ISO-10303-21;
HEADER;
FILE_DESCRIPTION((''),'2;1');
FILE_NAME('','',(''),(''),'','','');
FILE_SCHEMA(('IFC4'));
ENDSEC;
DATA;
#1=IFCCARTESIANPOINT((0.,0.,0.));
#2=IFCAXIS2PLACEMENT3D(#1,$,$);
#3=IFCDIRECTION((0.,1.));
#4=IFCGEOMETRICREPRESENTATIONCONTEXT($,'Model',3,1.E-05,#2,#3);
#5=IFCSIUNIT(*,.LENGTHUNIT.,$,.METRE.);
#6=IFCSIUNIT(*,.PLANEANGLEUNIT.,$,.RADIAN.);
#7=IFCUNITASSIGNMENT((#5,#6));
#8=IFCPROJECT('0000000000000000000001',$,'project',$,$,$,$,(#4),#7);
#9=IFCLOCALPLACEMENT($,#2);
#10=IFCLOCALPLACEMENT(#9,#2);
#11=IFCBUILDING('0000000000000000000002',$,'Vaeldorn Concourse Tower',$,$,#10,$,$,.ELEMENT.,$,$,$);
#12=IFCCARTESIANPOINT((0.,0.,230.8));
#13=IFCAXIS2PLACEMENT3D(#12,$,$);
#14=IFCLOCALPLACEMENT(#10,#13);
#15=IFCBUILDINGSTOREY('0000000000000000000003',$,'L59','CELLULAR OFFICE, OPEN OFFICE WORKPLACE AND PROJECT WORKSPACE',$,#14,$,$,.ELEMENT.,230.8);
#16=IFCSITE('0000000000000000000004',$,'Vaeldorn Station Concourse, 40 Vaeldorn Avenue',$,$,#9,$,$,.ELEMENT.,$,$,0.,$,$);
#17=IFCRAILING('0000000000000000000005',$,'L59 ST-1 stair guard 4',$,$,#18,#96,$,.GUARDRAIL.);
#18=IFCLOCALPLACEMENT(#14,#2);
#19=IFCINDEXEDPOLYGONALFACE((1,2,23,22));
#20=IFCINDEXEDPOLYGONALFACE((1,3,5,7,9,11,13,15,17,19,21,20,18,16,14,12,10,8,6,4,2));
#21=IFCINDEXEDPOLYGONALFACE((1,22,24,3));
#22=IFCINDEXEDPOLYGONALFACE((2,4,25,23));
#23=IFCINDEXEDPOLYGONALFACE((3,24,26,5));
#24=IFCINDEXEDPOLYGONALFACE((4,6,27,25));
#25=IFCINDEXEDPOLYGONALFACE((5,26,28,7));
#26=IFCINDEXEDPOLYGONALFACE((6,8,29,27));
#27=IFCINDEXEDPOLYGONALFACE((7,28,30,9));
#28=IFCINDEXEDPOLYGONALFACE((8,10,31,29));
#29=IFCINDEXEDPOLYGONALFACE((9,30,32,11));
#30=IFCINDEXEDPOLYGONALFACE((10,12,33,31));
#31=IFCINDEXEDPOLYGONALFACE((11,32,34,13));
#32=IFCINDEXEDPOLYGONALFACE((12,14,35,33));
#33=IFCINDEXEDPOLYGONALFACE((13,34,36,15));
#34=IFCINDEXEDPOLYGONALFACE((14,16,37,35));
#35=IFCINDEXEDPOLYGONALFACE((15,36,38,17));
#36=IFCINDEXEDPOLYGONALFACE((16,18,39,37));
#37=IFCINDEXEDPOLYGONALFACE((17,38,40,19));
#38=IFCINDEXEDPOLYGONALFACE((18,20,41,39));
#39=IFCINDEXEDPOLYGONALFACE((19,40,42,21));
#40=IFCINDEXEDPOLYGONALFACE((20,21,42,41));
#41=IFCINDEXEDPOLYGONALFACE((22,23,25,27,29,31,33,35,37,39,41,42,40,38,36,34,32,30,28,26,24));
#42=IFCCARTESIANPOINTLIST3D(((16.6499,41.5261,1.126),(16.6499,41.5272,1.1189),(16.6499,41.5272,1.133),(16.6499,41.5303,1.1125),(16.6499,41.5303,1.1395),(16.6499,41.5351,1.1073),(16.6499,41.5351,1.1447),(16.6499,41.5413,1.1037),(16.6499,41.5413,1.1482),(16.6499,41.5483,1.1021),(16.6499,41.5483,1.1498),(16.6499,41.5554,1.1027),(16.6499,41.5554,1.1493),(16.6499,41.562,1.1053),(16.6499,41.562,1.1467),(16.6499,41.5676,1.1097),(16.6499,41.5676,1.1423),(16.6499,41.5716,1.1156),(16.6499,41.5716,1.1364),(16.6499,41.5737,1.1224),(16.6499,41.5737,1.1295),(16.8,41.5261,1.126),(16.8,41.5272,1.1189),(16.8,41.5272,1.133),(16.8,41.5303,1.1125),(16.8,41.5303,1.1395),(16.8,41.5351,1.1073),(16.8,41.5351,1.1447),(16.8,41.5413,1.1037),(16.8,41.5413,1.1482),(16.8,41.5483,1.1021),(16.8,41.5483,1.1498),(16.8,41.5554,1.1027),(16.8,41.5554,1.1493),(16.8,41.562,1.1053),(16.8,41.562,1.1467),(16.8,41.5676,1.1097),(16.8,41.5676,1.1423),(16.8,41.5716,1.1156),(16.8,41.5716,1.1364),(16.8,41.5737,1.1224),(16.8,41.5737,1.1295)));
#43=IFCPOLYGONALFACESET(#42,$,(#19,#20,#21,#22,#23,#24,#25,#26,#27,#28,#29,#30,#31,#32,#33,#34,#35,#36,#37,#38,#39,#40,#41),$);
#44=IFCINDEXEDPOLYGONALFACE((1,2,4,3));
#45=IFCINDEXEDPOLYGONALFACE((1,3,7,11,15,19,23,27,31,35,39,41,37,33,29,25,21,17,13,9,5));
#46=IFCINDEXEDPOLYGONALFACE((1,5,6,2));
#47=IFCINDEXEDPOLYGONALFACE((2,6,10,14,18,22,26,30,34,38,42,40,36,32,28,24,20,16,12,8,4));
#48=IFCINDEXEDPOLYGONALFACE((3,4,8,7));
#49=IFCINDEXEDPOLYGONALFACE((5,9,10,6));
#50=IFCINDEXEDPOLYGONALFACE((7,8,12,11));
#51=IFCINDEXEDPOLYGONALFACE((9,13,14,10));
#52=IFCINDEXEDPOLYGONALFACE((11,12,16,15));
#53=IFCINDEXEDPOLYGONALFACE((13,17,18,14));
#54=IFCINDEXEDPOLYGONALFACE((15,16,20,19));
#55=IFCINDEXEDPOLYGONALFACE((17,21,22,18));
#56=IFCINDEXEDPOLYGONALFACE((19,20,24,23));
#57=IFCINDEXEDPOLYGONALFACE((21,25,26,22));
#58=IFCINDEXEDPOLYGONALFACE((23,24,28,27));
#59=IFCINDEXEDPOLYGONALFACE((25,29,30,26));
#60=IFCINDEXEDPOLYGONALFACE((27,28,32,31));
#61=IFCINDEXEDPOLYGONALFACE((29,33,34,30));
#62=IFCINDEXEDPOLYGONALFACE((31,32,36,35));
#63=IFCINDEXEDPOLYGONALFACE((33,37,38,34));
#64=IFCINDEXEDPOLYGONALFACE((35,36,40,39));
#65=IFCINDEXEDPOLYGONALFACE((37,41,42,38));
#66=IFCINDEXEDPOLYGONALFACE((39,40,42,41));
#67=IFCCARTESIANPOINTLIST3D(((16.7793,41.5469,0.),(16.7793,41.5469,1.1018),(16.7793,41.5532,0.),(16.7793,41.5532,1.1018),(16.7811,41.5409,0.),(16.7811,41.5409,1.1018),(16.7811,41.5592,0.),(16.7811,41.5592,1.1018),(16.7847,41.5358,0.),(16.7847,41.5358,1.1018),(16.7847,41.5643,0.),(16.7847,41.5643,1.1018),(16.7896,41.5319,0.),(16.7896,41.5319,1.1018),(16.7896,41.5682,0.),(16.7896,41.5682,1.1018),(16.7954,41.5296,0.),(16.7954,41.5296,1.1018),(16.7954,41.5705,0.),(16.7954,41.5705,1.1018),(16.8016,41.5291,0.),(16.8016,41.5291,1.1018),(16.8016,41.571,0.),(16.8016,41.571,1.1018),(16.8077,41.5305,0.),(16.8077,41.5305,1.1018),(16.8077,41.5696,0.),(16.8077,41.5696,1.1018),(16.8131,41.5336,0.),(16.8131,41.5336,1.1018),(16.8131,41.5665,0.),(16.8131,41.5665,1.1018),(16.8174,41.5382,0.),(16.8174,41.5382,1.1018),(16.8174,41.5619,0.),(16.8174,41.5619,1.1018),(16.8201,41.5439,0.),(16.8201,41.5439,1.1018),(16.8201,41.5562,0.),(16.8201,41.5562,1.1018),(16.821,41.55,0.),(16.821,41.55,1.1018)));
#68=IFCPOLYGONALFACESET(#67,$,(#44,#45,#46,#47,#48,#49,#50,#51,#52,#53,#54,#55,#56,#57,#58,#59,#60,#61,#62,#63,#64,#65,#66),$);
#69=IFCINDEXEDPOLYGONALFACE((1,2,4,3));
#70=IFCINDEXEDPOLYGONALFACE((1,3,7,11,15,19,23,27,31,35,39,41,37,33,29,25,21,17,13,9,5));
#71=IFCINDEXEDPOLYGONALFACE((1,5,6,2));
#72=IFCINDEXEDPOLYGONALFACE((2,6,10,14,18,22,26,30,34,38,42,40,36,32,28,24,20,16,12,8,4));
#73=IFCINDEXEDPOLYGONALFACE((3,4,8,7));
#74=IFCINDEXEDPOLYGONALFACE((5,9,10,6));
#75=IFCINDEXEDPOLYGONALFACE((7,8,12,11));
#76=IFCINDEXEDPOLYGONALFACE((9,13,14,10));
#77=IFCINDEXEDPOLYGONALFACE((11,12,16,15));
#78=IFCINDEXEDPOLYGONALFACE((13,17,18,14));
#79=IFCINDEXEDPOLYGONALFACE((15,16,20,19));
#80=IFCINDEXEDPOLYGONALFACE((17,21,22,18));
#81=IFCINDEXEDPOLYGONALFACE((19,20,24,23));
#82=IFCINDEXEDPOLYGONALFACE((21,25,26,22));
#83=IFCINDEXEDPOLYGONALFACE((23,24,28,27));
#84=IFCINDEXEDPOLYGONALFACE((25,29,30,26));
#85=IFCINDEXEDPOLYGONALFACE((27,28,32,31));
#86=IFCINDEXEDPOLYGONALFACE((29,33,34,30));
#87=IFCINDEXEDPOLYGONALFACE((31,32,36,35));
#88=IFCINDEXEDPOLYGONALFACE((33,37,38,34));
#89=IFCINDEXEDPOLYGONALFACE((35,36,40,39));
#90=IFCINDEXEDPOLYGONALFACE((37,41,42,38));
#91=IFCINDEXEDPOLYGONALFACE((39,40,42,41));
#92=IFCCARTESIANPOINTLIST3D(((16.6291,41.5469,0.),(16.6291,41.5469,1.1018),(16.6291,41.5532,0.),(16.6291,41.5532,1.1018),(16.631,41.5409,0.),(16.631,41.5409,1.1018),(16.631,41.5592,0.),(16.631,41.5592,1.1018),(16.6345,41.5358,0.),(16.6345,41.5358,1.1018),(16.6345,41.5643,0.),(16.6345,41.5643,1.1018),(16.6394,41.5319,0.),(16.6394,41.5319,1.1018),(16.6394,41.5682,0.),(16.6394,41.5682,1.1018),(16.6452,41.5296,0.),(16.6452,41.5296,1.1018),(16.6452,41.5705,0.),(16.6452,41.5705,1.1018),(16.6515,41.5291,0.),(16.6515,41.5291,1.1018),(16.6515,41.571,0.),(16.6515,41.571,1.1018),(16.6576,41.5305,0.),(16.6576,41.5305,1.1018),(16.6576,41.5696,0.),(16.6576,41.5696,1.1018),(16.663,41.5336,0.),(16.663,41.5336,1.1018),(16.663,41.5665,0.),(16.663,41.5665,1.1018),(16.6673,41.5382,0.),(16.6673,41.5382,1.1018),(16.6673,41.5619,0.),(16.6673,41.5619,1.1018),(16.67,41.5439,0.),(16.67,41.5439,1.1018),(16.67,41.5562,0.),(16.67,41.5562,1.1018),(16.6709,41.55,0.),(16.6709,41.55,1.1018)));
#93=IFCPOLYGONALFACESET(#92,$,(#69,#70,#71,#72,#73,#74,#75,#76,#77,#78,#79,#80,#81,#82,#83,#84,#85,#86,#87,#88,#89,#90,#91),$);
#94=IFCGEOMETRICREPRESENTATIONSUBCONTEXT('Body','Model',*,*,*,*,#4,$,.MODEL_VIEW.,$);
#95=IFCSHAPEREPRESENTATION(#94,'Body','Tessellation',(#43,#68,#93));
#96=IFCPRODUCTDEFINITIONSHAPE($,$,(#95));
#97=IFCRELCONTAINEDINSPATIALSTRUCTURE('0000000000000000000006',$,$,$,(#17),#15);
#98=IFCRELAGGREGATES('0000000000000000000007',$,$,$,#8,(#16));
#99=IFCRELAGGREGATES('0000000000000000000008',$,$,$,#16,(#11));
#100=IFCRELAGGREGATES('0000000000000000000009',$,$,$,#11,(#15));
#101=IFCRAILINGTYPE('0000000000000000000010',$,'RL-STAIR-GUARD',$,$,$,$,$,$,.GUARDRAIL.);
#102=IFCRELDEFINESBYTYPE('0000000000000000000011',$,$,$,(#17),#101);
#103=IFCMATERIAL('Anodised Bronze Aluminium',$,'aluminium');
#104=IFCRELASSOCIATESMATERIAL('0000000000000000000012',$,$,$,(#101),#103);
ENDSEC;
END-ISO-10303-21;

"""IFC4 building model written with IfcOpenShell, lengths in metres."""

from ifc_helpers import new_model, si_unit, direction, frame, origin, origin_2d, place, context, subcontext, project, spatial, circle, extrude, material, type_object, element, save


model = new_model("IFC4")

# Units and contexts
model_context = context("Model", 3, precision=1e-05, world=origin(), true_north=direction((0.0, 1.0)))
body_context = subcontext(model_context, "Body", "Model", "MODEL_VIEW")
ifc_project = project(units=[si_unit("LENGTHUNIT", "METRE"), si_unit("PLANEANGLEUNIT", "RADIAN")], contexts=[model_context])

# Site, building, storey
site_placement = place(None, origin())
site = spatial("IfcSite", under=ifc_project, at=site_placement, Name="Vaeldorn Station Concourse, 40 Vaeldorn Avenue", CompositionType="ELEMENT", RefElevation=0.0)
building_placement = place(site_placement, origin())
building = spatial("IfcBuilding", under=site, at=building_placement, Name="Vaeldorn Concourse Tower", CompositionType="ELEMENT")
storey_placement = place(building_placement, frame((0.0, 0.0, 230.8)))
storey = spatial("IfcBuildingStorey", under=building, at=storey_placement, Name="L59", Description="CELLULAR OFFICE, OPEN OFFICE WORKPLACE AND PROJECT WORKSPACE", CompositionType="ELEMENT", Elevation=230.8)

# Shared definitions
ifc_material_1 = material(Name="Anodised Bronze Aluminium", Category="aluminium")

# Railing
railing_type_1 = type_object("IfcRailingType", Name="RL-STAIR-GUARD", PredefinedType="GUARDRAIL", material=ifc_material_1)
railing_1_placement = place(storey_placement, frame((16.8, 41.55, 0.0)))
element("IfcRailing", 1, at=railing_1_placement, inside=storey, type_object=railing_type_1, Name="L59 ST-1 stair guard 4", PredefinedType="GUARDRAIL", context=body_context, shape_type="SweptSolid", body=[
    extrude(circle(Radius=0.0239, at=origin_2d()), frame((0.0, 0.0, 1.126), z_axis=(-1.0, 0.0, 0.0), x_axis=(0.0, -1.0, 0.0)), (0.0, 0.0, 1.0), 0.1501),
    extrude(circle(Radius=0.021, at=origin_2d()), origin(), (0.0, 0.0, 1.0), 1.1018),
    extrude(circle(Radius=0.021, at=origin_2d()), frame((-0.1501, 0.0, 0.0)), (0.0, 0.0, 1.0), 1.1018),
])

save(model, "model.ifc")
